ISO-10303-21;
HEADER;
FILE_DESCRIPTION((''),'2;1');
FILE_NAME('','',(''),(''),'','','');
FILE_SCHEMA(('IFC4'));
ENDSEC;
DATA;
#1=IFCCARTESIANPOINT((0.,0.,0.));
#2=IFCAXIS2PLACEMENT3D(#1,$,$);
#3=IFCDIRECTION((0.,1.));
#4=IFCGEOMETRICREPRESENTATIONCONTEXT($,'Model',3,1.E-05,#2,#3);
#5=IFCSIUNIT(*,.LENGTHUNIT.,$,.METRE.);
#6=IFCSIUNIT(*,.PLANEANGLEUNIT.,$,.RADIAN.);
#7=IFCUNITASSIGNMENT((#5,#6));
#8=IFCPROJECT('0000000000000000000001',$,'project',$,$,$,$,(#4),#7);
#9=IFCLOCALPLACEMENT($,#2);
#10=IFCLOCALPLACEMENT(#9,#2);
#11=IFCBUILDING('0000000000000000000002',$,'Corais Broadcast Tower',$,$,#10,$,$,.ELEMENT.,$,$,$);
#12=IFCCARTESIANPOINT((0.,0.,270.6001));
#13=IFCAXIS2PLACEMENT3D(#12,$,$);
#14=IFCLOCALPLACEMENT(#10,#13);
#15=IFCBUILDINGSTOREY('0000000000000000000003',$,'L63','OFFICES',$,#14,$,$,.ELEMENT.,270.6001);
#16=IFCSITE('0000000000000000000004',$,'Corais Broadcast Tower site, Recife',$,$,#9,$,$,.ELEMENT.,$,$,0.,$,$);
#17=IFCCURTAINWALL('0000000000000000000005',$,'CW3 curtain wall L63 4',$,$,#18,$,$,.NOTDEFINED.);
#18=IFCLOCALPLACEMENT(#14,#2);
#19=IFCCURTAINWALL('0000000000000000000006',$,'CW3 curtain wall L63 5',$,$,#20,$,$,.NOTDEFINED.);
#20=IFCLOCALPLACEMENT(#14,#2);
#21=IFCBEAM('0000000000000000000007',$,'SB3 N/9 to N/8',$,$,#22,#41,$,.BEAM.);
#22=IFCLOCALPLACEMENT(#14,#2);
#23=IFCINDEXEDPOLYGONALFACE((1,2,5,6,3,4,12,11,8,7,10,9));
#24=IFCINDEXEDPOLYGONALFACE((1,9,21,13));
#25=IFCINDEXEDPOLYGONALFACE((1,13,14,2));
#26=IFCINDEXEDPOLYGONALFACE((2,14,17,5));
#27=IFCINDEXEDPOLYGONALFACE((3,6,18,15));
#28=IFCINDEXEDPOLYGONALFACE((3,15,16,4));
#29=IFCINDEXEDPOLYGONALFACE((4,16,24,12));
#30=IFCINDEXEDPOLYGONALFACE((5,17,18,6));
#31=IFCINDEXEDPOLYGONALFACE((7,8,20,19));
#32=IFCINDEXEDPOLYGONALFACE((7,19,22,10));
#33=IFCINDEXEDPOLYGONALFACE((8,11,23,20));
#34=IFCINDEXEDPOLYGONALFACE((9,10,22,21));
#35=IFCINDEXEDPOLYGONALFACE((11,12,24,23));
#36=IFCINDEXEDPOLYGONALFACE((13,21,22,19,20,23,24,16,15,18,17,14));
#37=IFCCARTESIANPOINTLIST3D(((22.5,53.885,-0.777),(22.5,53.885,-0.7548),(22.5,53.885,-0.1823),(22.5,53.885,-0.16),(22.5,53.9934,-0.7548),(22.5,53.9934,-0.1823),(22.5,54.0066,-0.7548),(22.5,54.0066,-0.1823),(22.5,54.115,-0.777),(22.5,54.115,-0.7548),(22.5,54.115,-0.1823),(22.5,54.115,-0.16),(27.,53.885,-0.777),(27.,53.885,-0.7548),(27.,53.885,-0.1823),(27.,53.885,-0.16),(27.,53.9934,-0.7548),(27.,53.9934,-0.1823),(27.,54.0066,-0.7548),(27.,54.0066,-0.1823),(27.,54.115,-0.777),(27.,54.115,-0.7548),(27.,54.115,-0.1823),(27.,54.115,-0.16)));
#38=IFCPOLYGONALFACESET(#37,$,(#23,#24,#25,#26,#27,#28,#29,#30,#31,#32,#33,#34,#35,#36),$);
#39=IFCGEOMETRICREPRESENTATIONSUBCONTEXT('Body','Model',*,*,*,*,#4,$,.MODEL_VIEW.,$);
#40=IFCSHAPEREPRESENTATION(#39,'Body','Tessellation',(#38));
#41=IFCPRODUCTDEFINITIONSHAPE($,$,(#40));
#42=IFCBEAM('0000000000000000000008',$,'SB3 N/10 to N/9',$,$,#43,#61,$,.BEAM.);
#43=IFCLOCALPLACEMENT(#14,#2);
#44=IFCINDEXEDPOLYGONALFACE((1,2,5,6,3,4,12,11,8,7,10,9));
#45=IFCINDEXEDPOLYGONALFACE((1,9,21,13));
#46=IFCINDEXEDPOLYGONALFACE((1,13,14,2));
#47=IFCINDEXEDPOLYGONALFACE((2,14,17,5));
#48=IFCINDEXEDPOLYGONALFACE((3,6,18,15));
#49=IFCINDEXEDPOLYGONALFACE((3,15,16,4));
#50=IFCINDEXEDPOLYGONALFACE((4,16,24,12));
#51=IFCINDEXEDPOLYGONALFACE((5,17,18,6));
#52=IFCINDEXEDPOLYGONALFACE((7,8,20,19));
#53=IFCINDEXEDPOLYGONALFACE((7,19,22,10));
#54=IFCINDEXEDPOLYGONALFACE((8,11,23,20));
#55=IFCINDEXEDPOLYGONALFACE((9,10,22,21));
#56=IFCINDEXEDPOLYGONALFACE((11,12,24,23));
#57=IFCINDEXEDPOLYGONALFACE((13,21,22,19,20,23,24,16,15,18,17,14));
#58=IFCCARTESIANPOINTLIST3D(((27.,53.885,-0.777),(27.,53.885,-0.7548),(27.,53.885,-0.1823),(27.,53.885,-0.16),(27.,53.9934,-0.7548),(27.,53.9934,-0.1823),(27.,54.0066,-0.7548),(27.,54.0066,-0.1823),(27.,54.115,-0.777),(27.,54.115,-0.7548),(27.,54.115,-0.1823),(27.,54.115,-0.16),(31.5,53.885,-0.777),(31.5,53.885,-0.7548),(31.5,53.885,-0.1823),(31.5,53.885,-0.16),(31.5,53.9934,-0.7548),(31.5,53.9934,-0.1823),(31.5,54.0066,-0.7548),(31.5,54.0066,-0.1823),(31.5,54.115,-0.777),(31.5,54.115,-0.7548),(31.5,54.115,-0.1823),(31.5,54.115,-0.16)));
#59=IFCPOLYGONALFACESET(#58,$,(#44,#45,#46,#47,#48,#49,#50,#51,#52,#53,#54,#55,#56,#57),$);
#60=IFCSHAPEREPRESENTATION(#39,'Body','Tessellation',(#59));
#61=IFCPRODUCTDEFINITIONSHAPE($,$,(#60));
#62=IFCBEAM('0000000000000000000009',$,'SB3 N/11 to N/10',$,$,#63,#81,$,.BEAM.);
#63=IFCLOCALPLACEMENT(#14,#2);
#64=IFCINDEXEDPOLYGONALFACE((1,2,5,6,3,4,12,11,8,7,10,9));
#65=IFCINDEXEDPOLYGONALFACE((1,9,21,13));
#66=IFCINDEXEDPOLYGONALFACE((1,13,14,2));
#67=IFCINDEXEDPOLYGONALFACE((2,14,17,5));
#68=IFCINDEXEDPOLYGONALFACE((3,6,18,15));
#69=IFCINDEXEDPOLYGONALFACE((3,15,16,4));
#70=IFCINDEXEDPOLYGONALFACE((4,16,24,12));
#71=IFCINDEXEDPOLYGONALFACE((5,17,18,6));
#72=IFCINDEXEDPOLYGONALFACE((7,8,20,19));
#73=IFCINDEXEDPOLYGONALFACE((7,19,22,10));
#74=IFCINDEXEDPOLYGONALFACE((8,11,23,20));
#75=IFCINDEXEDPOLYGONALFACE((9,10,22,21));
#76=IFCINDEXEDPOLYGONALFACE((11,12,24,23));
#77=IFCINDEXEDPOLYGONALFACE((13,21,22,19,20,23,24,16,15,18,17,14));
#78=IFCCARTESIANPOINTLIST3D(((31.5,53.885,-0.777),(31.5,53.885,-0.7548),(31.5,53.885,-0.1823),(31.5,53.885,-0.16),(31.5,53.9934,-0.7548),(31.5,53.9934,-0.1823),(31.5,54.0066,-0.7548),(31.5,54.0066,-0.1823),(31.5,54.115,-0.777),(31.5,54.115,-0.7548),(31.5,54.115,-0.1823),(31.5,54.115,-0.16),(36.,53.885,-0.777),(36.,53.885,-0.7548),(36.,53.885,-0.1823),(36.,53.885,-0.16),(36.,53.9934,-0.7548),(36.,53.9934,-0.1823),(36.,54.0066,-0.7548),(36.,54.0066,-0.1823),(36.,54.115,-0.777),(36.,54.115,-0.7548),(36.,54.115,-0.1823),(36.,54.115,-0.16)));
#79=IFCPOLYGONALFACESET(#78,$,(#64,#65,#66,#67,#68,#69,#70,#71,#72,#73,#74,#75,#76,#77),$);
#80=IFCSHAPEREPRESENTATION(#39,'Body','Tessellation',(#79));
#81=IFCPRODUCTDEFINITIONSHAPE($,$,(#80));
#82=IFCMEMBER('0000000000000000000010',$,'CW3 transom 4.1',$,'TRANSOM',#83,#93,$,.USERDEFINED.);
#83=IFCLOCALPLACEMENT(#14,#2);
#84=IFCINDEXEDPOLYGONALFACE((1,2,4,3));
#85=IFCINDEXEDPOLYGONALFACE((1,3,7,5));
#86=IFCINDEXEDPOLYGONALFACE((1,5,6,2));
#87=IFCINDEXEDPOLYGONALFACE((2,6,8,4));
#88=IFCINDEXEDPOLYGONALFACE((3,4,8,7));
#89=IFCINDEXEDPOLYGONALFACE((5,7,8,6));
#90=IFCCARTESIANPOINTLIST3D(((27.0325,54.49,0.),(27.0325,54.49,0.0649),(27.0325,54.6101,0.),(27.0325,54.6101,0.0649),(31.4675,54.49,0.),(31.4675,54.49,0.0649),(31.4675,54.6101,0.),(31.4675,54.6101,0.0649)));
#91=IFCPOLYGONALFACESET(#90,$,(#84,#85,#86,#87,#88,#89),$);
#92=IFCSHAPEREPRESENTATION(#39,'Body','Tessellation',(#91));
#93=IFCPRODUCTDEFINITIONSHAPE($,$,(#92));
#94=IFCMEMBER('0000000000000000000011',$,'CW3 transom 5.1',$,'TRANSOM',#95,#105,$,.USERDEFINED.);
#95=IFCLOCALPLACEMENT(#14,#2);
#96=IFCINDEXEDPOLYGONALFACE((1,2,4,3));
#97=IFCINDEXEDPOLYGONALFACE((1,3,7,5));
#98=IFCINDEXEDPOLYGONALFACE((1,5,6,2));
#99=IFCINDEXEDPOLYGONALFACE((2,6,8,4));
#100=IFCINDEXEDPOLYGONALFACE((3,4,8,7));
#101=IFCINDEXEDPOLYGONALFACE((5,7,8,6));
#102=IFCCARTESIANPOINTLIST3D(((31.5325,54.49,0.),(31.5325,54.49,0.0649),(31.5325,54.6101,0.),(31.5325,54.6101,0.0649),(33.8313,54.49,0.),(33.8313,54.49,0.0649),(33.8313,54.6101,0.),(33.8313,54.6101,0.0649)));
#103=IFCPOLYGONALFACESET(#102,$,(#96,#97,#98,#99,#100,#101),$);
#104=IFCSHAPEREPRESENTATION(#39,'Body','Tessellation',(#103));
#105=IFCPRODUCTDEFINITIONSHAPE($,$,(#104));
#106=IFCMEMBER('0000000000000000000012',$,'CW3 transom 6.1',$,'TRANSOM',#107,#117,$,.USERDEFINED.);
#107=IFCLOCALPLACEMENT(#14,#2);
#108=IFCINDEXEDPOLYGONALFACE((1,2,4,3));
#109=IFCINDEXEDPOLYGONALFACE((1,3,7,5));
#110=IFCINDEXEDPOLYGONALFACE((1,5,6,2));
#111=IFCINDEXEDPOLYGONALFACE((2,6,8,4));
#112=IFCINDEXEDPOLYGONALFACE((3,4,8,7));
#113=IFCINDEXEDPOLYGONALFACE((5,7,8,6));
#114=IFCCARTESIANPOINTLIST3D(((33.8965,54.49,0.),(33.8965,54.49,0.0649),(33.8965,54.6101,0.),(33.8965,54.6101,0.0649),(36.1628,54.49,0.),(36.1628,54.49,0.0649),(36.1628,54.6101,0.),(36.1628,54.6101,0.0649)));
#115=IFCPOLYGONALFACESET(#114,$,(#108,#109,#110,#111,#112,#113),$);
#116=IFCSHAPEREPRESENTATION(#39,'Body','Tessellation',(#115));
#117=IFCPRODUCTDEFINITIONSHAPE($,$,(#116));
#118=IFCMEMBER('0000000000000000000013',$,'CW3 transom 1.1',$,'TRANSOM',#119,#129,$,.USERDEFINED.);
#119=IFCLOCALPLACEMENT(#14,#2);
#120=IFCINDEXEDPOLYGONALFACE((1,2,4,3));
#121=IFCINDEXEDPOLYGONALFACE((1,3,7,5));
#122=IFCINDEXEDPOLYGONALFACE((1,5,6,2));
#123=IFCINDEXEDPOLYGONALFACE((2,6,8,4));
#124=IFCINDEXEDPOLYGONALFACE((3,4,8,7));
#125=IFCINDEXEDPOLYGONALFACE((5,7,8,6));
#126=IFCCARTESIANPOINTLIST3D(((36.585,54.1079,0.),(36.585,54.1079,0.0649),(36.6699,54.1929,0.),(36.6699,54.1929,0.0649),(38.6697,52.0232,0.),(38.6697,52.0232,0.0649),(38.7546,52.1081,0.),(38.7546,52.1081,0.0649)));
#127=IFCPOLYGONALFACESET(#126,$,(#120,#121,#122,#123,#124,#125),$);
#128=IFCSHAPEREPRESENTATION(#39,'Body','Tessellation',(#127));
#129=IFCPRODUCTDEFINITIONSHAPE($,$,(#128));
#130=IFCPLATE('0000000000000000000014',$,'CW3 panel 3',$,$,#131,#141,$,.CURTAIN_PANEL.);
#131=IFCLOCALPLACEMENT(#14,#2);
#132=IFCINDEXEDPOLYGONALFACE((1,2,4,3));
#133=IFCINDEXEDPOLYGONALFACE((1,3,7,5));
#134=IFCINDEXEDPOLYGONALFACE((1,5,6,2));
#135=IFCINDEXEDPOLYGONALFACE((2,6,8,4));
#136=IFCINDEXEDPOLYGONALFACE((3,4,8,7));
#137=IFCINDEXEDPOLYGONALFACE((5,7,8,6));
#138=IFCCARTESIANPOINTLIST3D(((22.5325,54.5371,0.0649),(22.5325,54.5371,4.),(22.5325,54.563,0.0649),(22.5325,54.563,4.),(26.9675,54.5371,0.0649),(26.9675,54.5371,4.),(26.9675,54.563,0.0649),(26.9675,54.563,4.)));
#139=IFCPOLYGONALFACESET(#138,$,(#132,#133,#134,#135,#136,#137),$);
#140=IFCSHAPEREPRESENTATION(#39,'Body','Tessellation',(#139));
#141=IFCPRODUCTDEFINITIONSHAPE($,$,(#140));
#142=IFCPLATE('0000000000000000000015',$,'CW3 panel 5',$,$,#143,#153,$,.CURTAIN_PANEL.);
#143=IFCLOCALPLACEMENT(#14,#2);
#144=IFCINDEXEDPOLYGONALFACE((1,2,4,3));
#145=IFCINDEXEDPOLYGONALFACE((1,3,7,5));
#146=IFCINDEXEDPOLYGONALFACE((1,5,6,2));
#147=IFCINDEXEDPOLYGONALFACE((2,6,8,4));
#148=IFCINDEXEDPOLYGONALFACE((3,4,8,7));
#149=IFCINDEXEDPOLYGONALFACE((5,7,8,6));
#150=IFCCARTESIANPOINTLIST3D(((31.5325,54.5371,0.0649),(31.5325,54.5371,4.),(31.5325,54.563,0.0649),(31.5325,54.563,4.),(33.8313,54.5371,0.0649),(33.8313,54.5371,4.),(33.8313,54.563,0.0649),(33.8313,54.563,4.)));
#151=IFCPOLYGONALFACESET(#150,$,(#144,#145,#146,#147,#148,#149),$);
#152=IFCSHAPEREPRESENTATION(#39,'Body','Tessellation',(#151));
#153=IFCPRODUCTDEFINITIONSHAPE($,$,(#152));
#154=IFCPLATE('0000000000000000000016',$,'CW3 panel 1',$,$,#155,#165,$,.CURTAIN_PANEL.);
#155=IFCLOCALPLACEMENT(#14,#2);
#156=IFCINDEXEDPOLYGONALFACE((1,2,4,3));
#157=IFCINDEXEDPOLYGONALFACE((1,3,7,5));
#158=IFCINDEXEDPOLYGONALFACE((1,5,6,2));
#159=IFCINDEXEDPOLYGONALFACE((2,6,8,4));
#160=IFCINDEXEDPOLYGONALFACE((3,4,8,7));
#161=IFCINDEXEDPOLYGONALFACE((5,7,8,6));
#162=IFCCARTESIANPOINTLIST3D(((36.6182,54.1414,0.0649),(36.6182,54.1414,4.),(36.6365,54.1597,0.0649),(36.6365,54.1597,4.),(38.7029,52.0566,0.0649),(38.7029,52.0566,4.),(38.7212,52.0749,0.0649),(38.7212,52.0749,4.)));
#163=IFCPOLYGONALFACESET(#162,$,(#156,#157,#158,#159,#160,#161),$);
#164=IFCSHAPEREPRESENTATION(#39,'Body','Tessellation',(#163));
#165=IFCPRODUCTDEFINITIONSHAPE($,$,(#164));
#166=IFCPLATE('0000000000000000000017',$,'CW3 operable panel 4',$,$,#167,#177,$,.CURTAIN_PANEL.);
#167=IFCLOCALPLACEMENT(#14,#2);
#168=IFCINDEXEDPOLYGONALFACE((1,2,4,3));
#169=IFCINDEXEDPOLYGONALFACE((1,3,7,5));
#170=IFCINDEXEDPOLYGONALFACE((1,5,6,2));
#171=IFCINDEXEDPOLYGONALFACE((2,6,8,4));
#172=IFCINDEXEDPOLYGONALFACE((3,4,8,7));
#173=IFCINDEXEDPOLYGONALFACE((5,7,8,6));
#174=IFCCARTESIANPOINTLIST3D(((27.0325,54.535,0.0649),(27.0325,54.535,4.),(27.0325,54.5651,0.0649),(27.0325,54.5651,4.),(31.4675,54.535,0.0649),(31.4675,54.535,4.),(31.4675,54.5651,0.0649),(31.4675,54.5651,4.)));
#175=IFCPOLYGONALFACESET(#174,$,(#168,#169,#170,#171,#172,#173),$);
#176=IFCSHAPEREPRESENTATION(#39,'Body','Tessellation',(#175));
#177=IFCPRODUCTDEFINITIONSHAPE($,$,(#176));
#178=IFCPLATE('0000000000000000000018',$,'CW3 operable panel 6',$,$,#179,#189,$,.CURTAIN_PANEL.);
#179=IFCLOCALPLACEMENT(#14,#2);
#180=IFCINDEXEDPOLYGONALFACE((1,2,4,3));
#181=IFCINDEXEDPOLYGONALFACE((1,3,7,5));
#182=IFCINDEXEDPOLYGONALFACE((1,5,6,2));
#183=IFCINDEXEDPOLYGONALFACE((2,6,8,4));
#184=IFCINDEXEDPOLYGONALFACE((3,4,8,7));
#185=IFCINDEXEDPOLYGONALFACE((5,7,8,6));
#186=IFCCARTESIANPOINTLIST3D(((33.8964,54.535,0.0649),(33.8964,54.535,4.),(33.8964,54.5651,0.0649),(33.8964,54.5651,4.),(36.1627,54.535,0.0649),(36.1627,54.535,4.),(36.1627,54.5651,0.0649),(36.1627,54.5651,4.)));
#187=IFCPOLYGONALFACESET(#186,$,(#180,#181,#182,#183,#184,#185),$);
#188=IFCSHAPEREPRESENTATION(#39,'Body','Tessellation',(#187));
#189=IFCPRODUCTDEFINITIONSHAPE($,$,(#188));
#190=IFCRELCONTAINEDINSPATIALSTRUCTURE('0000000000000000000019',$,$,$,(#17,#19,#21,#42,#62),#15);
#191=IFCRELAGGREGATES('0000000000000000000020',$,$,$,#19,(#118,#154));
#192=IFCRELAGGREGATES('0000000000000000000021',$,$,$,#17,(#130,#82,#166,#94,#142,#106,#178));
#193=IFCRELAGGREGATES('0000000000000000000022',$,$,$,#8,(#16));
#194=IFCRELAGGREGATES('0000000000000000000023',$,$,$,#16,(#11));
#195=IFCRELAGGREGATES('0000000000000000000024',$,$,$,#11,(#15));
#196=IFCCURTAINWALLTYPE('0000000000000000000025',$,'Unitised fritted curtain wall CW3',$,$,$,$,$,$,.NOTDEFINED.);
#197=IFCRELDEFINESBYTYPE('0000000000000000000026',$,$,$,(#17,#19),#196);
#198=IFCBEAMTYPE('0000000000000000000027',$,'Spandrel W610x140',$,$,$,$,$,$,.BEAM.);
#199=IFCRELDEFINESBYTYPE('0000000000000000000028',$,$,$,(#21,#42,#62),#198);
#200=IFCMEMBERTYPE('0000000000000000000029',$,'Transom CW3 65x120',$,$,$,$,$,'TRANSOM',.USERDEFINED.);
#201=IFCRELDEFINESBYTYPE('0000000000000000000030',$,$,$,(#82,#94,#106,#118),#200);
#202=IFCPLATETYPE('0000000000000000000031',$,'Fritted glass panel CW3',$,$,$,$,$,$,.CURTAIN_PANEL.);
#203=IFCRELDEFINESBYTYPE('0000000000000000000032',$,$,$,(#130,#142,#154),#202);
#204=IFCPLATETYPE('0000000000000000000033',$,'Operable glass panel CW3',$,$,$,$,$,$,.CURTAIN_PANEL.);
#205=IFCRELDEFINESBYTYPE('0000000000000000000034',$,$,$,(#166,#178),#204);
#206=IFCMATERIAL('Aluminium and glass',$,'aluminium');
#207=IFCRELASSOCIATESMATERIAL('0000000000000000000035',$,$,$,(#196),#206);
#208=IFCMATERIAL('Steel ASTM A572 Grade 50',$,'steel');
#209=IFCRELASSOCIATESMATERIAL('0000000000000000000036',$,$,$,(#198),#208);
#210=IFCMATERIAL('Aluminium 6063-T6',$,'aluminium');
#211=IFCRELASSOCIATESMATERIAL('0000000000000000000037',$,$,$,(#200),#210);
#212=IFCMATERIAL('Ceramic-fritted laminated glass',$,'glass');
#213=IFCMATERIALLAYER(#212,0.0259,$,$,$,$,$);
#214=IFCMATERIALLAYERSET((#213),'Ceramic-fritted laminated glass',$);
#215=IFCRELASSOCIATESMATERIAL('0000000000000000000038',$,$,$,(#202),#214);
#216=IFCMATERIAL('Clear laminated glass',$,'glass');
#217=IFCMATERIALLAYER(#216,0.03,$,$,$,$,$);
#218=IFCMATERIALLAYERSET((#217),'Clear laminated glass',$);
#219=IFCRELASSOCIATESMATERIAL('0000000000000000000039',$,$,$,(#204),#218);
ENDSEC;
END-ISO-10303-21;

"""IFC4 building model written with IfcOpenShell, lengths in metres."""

from ifc_helpers import new_model, si_unit, direction, frame, origin, origin_2d, place, context, subcontext, project, spatial, rectangle, i_section, extrude, material, layer, layer_set, material_profile, profile_set, type_object, element, aggregate, save


model = new_model("IFC4")

# Units and contexts
model_context = context("Model", 3, precision=1e-05, world=origin(), true_north=direction((0.0, 1.0)))
body_context = subcontext(model_context, "Body", "Model", "MODEL_VIEW")
ifc_project = project(units=[si_unit("LENGTHUNIT", "METRE"), si_unit("PLANEANGLEUNIT", "RADIAN")], contexts=[model_context])

# Site, building, storey
site_placement = place(None, origin())
site = spatial("IfcSite", under=ifc_project, at=site_placement, Name="Corais Broadcast Tower site, Recife", CompositionType="ELEMENT", RefElevation=0.0)
building_placement = place(site_placement, origin())
building = spatial("IfcBuilding", under=site, at=building_placement, Name="Corais Broadcast Tower", CompositionType="ELEMENT")
storey_placement = place(building_placement, frame((0.0, 0.0, 270.6001)))
storey = spatial("IfcBuildingStorey", under=building, at=storey_placement, Name="L63", Description="OFFICES", CompositionType="ELEMENT", Elevation=270.6001)

# Curtain walls
ifc_material_1 = material(Name="Aluminium and glass", Category="aluminium")
curtain_wall_type = type_object("IfcCurtainWallType", Name="Unitised fritted curtain wall CW3", PredefinedType="NOTDEFINED", material=ifc_material_1)
curtain_wall_1_placement = place(storey_placement, origin())
curtain_wall_1 = element("IfcCurtainWall", 1, at=curtain_wall_1_placement, inside=storey, type_object=curtain_wall_type, Name="CW3 curtain wall L63 4", PredefinedType="NOTDEFINED")
curtain_wall_2_placement = place(storey_placement, origin())
curtain_wall_2 = element("IfcCurtainWall", 2, at=curtain_wall_2_placement, inside=storey, type_object=curtain_wall_type, Name="CW3 curtain wall L63 5", PredefinedType="NOTDEFINED")

# Beams
ifc_material_2 = material(Name="Steel ASTM A572 Grade 50", Category="steel")
ifc_material_profile_1 = material_profile(ifc_material_2, i_section(OverallWidth=0.23, OverallDepth=0.6169, WebThickness=0.0132, FlangeThickness=0.0222, at=origin_2d()), Name="W610x140")
ifc_profile_set_1 = profile_set([ifc_material_profile_1], Name="Steel ASTM A572 Grade 50")
beam_type_1 = type_object("IfcBeamType", Name="Spandrel W610x140", PredefinedType="BEAM", material=ifc_profile_set_1)
for number, where, z_axis, x_axis, name in (
    (3, (27.0, 54.0, -0.4685), (-1.0, 0.0, 0.0), (0.0, -1.0, 0.0), "SB3 N/9 to N/8"),
    (4, (31.5, 54.0, -0.4685), (-1.0, 0.0, 0.0), (0.0, -1.0, 0.0), "SB3 N/10 to N/9"),
    (5, (36.0, 54.0, -0.4685), (-1.0, 0.0, 0.0), (0.0, -1.0, 0.0), "SB3 N/11 to N/10"),
):
    element("IfcBeam", number, at=place(storey_placement, frame(where, z_axis=z_axis, x_axis=x_axis)), inside=storey, type_object=beam_type_1, Name=name, PredefinedType="BEAM", context=body_context, shape_type="SweptSolid", body=[
        extrude(i_section(OverallWidth=0.23, OverallDepth=0.6169, WebThickness=0.0132, FlangeThickness=0.0222, at=origin_2d()), origin(), (0.0, 0.0, 1.0), 4.5),
    ])

# Members
ifc_material_3 = material(Name="Aluminium 6063-T6", Category="aluminium")
ifc_material_profile_2 = material_profile(ifc_material_3, rectangle(XDim=0.1201, YDim=0.0649, at=origin_2d()), Name="Transom CW3 65x120")
ifc_profile_set_2 = profile_set([ifc_material_profile_2], Name="Aluminium 6063-T6")
member_type_1 = type_object("IfcMemberType", Name="Transom CW3 65x120", ElementType="TRANSOM", PredefinedType="USERDEFINED", material=ifc_profile_set_2)
member_1_placement = place(storey_placement, frame((27.0325, 54.55, 0.0325), z_axis=(1.0, 0.0, 0.0), x_axis=(0.0, 1.0, 0.0)))
member_1 = element("IfcMember", 6, at=member_1_placement, type_object=member_type_1, Name="CW3 transom 4.1", ObjectType="TRANSOM", PredefinedType="USERDEFINED", context=body_context, shape_type="SweptSolid", body=[
    extrude(rectangle(XDim=0.1201, YDim=0.0649, at=origin_2d()), origin(), (0.0, 0.0, 1.0), 4.4351),
])
member_2_placement = place(storey_placement, frame((31.5325, 54.55, 0.0325), z_axis=(1.0, 0.0, 0.0), x_axis=(0.0, 1.0, 0.0)))
member_2 = element("IfcMember", 7, at=member_2_placement, type_object=member_type_1, Name="CW3 transom 5.1", ObjectType="TRANSOM", PredefinedType="USERDEFINED", context=body_context, shape_type="SweptSolid", body=[
    extrude(rectangle(XDim=0.1201, YDim=0.0649, at=origin_2d()), origin(), (0.0, 0.0, 1.0), 2.2988),
])
member_3_placement = place(storey_placement, frame((33.8965, 54.55, 0.0325), z_axis=(1.0, 0.0, 0.0), x_axis=(0.0, 1.0, 0.0)))
member_3 = element("IfcMember", 8, at=member_3_placement, type_object=member_type_1, Name="CW3 transom 6.1", ObjectType="TRANSOM", PredefinedType="USERDEFINED", context=body_context, shape_type="SweptSolid", body=[
    extrude(rectangle(XDim=0.1201, YDim=0.0649, at=origin_2d()), origin(), (0.0, 0.0, 1.0), 2.2664),
])
member_4_placement = place(storey_placement, frame((36.6274, 54.1504, 0.0325), z_axis=(0.707107, -0.707107, 0.0), x_axis=(0.707107, 0.707107, 0.0)))
member_4 = element("IfcMember", 9, at=member_4_placement, type_object=member_type_1, Name="CW3 transom 1.1", ObjectType="TRANSOM", PredefinedType="USERDEFINED", context=body_context, shape_type="SweptSolid", body=[
    extrude(rectangle(XDim=0.1201, YDim=0.0649, at=origin_2d()), origin(), (0.0, 0.0, 1.0), 2.9482),
])

# Plates
ifc_material_4 = material(Name="Ceramic-fritted laminated glass", Category="glass")
ifc_layer_1 = layer(ifc_material_4, 0.0259)
ifc_layer_set_1 = layer_set([ifc_layer_1], Name="Ceramic-fritted laminated glass")
plate_type_1 = type_object("IfcPlateType", Name="Fritted glass panel CW3", PredefinedType="CURTAIN_PANEL", material=ifc_layer_set_1)
plate_1_placement = place(storey_placement, frame((24.75, 54.55, 0.0649), z_axis=(0.0, 0.0, 1.0), x_axis=(1.0, 0.0, 0.0)))
plate_1 = element("IfcPlate", 10, at=plate_1_placement, type_object=plate_type_1, Name="CW3 panel 3", PredefinedType="CURTAIN_PANEL", context=body_context, shape_type="SweptSolid", body=[
    extrude(rectangle(XDim=4.4351, YDim=0.0259, at=origin_2d()), origin(), (0.0, 0.0, 1.0), 3.9351),
])
plate_2_placement = place(storey_placement, frame((32.6819, 54.55, 0.0649), z_axis=(0.0, 0.0, 1.0), x_axis=(1.0, 0.0, 0.0)))
plate_2 = element("IfcPlate", 11, at=plate_2_placement, type_object=plate_type_1, Name="CW3 panel 5", PredefinedType="CURTAIN_PANEL", context=body_context, shape_type="SweptSolid", body=[
    extrude(rectangle(XDim=2.2988, YDim=0.0259, at=origin_2d()), origin(), (0.0, 0.0, 1.0), 3.9351),
])
plate_3_placement = place(storey_placement, frame((37.6697, 53.1082, 0.0649), z_axis=(0.0, 0.0, 1.0), x_axis=(0.707107, -0.707107, 0.0)))
plate_3 = element("IfcPlate", 12, at=plate_3_placement, type_object=plate_type_1, Name="CW3 panel 1", PredefinedType="CURTAIN_PANEL", context=body_context, shape_type="SweptSolid", body=[
    extrude(rectangle(XDim=2.9482, YDim=0.0259, at=origin_2d()), origin(), (0.0, 0.0, 1.0), 3.9351),
])
aggregate(curtain_wall_2, [member_4, plate_3])
ifc_material_5 = material(Name="Clear laminated glass", Category="glass")
ifc_layer_2 = layer(ifc_material_5, 0.03)
ifc_layer_set_2 = layer_set([ifc_layer_2], Name="Clear laminated glass")
plate_type_2 = type_object("IfcPlateType", Name="Operable glass panel CW3", PredefinedType="CURTAIN_PANEL", material=ifc_layer_set_2)
plate_4_placement = place(storey_placement, frame((29.25, 54.55, 0.0649), z_axis=(0.0, 0.0, 1.0), x_axis=(1.0, 0.0, 0.0)))
plate_4 = element("IfcPlate", 13, at=plate_4_placement, type_object=plate_type_2, Name="CW3 operable panel 4", PredefinedType="CURTAIN_PANEL", context=body_context, shape_type="SweptSolid", body=[
    extrude(rectangle(XDim=4.4351, YDim=0.03, at=origin_2d()), origin(), (0.0, 0.0, 1.0), 3.9351),
])
plate_5_placement = place(storey_placement, frame((35.0295, 54.55, 0.0649), z_axis=(0.0, 0.0, 1.0), x_axis=(1.0, 0.0, 0.0)))
plate_5 = element("IfcPlate", 14, at=plate_5_placement, type_object=plate_type_2, Name="CW3 operable panel 6", PredefinedType="CURTAIN_PANEL", context=body_context, shape_type="SweptSolid", body=[
    extrude(rectangle(XDim=2.2664, YDim=0.03, at=origin_2d()), origin(), (0.0, 0.0, 1.0), 3.9351),
])
aggregate(curtain_wall_1, [plate_1, member_1, plate_4, member_2, plate_2, member_3, plate_5])

save(model, "model.ifc")
